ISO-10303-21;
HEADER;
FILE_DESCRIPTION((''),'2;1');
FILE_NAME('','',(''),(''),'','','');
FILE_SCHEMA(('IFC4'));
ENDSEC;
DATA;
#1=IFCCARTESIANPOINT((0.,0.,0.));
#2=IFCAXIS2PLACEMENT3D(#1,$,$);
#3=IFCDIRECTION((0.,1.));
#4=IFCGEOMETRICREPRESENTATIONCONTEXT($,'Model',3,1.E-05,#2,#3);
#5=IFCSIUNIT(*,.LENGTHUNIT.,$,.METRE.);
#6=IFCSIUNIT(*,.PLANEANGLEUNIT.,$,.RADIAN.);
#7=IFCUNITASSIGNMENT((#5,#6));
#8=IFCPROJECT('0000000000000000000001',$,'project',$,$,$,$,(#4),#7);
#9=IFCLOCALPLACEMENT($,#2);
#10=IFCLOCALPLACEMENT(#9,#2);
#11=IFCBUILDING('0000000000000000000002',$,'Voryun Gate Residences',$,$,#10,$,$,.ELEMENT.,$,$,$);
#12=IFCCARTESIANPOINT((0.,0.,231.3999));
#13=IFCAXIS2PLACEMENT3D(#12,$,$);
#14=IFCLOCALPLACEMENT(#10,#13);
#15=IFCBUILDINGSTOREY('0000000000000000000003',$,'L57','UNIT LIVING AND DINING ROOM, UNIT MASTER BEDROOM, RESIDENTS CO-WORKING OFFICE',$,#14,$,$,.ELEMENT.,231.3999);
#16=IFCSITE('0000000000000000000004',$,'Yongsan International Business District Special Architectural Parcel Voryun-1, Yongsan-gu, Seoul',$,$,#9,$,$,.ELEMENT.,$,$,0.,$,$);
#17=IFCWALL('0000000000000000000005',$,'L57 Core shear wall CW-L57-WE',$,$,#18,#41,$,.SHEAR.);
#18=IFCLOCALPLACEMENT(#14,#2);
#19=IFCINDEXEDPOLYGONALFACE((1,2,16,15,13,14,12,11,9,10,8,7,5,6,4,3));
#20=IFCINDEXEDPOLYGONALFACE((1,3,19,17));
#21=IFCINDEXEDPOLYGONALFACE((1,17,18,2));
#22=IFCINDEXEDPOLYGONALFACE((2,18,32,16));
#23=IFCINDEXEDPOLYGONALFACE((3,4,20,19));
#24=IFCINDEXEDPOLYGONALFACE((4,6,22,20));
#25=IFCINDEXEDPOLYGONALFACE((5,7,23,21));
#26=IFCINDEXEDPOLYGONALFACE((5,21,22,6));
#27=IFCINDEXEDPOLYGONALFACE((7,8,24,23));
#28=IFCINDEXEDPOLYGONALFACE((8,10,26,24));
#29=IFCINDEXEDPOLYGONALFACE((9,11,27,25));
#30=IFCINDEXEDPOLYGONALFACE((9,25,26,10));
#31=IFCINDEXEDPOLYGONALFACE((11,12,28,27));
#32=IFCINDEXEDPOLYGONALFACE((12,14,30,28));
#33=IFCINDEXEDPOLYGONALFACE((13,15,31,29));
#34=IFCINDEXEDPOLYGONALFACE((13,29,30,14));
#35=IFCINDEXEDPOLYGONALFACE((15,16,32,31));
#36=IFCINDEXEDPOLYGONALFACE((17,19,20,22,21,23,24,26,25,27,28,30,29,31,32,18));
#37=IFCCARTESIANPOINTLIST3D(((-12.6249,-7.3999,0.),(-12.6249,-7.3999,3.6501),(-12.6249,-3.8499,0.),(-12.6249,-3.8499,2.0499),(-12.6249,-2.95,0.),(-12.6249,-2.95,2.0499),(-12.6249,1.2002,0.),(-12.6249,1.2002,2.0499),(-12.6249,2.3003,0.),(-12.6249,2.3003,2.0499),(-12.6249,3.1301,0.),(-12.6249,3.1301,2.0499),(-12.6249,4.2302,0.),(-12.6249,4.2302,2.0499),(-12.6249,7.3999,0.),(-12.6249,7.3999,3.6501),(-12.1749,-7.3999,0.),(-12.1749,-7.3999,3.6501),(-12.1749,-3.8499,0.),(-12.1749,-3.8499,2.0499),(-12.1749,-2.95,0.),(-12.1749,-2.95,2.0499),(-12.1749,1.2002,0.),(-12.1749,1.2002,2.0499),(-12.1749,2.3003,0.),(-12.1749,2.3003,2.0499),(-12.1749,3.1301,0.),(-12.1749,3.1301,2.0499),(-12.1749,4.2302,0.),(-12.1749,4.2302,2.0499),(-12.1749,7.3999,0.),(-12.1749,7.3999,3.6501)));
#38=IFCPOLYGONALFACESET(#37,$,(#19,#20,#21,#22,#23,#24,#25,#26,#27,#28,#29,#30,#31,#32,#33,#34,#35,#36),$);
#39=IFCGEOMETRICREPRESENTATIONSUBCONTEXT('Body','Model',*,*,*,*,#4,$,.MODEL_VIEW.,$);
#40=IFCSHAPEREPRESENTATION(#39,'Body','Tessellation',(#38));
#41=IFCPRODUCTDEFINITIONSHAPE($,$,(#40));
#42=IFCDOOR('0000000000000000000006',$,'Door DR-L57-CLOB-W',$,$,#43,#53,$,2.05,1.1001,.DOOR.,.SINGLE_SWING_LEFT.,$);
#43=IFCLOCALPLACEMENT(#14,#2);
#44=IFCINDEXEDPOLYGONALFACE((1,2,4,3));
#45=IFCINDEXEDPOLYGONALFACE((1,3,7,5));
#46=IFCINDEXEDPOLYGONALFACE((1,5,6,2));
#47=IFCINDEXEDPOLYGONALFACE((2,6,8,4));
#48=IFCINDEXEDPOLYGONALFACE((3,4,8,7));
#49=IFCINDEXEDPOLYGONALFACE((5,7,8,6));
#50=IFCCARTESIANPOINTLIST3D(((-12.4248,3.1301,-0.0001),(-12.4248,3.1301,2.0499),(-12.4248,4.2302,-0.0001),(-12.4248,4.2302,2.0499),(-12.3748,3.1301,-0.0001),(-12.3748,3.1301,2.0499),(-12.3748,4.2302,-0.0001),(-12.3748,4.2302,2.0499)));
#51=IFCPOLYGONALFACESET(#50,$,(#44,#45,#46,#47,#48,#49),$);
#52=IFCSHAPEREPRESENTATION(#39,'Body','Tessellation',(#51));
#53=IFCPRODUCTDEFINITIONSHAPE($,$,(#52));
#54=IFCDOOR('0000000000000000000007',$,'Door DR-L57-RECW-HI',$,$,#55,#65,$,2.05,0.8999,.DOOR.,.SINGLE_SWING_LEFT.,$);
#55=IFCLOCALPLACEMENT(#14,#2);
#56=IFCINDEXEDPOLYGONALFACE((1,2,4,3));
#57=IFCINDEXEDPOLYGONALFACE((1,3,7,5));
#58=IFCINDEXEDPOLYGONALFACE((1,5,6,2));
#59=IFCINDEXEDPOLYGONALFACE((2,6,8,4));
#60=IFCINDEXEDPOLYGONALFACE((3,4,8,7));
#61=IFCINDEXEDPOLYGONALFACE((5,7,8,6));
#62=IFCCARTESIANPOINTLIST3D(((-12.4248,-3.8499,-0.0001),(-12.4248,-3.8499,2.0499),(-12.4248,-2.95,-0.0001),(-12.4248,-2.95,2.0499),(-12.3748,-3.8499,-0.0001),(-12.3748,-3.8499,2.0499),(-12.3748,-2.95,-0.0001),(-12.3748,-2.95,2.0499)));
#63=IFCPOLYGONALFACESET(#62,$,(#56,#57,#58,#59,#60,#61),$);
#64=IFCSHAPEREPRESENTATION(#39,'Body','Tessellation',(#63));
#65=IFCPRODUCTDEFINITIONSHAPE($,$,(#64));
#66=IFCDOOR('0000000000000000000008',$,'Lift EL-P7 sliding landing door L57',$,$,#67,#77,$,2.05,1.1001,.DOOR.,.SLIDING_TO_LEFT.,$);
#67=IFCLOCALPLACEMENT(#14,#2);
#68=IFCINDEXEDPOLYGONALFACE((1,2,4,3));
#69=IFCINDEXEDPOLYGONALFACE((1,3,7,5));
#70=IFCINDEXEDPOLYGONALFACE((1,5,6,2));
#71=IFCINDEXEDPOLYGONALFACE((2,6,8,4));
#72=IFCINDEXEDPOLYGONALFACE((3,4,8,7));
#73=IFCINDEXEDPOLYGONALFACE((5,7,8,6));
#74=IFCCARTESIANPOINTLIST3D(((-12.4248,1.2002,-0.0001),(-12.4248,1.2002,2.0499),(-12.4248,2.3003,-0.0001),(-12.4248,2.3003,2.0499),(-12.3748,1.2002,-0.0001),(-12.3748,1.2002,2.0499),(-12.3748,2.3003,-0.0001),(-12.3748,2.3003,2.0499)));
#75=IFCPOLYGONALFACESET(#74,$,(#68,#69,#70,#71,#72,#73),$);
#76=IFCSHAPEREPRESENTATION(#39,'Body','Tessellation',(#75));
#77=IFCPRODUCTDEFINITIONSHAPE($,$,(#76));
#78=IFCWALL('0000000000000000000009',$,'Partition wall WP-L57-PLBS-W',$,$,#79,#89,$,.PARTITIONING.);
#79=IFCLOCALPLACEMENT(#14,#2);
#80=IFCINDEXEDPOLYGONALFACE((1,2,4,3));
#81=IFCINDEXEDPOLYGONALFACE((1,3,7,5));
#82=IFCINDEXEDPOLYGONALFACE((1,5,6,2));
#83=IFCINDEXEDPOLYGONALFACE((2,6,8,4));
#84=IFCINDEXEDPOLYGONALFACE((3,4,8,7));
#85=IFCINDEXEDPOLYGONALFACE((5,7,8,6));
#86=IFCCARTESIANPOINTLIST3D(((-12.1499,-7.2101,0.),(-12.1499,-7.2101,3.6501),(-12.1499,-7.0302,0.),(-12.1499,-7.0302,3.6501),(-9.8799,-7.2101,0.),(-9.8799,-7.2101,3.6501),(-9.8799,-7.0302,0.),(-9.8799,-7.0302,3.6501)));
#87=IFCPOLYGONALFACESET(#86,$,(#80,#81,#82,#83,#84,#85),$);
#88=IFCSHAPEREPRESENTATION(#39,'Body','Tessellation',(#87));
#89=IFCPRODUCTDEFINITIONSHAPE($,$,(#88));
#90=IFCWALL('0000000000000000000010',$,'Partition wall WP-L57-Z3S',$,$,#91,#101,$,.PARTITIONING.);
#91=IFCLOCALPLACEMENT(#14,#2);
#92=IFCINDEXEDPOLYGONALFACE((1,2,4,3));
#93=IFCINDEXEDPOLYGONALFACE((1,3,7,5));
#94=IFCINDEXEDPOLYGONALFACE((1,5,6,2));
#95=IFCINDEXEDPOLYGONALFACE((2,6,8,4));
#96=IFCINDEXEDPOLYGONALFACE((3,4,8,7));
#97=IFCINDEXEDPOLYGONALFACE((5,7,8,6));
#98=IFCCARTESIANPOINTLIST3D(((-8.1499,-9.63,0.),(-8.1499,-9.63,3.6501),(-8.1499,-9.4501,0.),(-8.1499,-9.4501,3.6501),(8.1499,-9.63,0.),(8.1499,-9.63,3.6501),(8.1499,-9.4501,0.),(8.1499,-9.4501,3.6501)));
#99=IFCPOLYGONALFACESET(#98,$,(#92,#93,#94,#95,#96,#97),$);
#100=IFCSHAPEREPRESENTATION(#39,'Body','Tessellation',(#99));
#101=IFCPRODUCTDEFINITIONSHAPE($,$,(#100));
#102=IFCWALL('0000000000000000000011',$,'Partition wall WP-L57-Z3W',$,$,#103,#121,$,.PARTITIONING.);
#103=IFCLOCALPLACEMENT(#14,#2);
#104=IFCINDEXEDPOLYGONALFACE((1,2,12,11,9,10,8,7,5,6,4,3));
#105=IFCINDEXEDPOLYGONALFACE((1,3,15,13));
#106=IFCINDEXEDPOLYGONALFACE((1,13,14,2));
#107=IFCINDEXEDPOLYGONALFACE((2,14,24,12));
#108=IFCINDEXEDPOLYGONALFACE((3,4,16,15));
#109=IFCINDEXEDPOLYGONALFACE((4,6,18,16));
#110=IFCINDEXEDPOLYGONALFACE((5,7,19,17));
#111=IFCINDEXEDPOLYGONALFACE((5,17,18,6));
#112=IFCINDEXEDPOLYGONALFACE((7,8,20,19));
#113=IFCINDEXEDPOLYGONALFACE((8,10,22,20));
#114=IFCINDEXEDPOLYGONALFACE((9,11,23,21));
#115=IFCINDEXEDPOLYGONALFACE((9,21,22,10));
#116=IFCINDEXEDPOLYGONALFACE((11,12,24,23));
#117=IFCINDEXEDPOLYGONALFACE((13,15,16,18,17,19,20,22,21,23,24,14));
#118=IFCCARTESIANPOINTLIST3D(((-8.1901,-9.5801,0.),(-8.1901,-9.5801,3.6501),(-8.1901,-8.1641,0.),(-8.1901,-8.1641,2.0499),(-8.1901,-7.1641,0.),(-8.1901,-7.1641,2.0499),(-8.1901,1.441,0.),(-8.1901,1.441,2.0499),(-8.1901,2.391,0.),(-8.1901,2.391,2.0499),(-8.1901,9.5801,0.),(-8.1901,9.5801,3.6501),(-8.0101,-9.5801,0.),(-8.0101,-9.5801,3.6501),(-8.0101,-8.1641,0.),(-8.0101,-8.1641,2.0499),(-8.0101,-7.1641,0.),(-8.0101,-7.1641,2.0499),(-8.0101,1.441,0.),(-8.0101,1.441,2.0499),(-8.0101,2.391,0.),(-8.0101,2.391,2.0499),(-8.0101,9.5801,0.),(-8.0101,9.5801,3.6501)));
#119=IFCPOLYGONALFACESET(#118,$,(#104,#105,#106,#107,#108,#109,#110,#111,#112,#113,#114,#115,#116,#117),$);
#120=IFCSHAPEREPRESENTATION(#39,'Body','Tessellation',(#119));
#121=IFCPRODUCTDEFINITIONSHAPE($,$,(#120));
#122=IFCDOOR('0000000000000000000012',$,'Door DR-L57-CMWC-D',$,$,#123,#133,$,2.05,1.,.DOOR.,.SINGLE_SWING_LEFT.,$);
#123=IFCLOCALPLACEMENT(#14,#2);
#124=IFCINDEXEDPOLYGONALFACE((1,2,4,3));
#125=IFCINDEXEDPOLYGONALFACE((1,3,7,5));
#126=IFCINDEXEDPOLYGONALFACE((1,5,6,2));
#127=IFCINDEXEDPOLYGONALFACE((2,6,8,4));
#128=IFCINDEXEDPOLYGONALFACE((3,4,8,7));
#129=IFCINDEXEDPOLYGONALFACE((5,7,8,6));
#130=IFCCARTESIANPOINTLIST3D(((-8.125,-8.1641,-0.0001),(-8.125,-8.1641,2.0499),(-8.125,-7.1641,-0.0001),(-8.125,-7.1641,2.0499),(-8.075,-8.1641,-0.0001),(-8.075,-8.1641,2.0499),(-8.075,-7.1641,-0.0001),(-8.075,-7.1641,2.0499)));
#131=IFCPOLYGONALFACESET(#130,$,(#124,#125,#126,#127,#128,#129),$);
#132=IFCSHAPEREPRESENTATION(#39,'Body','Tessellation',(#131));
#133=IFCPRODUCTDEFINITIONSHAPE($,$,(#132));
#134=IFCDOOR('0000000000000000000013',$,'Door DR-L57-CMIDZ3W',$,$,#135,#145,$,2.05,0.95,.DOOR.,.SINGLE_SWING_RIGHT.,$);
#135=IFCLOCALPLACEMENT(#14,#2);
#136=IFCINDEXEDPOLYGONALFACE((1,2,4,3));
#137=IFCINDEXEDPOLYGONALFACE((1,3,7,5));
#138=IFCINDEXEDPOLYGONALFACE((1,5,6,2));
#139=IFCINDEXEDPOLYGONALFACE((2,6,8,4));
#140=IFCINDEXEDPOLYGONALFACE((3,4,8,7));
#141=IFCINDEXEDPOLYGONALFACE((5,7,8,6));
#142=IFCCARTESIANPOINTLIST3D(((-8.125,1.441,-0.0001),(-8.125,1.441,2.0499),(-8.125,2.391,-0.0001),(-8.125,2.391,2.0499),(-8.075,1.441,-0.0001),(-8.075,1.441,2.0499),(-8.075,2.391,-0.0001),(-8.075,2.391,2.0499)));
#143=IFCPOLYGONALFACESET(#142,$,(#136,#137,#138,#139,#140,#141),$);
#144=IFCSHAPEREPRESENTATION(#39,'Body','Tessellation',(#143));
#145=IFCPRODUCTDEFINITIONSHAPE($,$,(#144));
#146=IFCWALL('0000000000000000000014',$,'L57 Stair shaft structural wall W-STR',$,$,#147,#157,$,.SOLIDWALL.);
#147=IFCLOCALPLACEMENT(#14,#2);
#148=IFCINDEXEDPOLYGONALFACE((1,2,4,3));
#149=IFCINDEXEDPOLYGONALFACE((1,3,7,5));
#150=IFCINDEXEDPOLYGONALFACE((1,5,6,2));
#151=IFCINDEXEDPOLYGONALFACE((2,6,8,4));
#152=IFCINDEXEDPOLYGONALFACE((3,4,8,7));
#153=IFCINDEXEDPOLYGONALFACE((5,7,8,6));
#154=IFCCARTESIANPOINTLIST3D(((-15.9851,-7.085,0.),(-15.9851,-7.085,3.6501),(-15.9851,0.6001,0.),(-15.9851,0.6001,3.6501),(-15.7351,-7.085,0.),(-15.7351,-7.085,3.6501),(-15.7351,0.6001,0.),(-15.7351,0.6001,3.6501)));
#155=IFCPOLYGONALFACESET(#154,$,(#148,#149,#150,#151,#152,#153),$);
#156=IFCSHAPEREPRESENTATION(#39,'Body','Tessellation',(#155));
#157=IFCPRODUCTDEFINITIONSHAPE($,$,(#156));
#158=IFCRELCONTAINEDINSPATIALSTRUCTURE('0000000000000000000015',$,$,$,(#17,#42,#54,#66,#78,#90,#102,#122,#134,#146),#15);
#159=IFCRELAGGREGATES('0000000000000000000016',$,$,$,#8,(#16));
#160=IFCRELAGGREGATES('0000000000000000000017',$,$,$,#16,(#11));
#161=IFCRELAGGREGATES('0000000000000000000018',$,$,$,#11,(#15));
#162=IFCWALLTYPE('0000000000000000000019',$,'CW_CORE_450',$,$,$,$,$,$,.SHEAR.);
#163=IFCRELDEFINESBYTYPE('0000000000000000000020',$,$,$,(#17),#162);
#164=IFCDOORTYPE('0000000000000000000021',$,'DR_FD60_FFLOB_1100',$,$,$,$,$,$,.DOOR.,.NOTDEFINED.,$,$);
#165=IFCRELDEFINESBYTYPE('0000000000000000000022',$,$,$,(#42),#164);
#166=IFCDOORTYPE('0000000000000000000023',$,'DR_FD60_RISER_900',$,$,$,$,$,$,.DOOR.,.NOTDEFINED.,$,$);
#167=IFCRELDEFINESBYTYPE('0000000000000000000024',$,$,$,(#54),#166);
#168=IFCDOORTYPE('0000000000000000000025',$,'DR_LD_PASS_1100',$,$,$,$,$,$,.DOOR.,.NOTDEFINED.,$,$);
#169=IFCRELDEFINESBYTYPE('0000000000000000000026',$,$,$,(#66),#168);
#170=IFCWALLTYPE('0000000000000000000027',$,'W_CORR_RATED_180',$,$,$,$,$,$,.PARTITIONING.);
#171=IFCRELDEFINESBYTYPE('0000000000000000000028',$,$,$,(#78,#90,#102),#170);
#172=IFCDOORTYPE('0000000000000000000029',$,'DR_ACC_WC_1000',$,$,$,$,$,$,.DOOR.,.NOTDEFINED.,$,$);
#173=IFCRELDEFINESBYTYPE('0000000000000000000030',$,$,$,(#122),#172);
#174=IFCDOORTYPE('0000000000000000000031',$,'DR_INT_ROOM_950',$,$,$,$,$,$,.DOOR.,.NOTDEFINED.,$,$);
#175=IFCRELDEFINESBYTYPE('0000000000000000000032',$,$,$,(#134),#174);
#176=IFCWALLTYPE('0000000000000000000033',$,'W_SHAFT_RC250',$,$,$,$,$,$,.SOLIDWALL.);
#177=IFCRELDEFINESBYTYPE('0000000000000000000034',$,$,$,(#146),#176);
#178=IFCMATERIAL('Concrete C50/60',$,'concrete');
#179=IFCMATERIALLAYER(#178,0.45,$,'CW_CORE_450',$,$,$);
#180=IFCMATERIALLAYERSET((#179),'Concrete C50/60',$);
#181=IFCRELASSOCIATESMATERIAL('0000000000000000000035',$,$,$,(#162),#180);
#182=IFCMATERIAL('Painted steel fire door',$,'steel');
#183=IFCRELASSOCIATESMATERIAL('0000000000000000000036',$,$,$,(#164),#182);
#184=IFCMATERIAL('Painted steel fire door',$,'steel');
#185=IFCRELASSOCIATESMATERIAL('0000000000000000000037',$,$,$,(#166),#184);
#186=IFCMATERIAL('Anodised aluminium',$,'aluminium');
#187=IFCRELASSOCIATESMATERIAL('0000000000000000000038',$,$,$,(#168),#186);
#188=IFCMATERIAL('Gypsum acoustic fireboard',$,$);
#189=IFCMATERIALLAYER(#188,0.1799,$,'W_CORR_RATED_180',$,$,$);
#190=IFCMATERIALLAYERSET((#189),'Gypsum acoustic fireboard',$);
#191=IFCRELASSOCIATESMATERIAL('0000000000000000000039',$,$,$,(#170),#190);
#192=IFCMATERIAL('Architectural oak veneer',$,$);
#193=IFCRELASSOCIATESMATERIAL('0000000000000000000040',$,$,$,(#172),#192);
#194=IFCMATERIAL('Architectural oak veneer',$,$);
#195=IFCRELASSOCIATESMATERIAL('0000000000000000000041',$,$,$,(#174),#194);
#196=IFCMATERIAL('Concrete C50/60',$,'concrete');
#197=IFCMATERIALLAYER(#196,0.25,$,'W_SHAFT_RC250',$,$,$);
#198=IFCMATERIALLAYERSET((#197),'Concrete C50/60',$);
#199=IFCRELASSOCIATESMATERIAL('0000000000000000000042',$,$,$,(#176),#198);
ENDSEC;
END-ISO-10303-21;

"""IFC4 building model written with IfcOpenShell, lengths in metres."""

from ifc_helpers import new_model, si_unit, direction, frame, frame_2d, origin, place, context, subcontext, project, spatial, rectangle, extrude, material, layer, layer_set, type_object, element, fill, save


model = new_model("IFC4")

# Units and contexts
model_context = context("Model", 3, precision=1e-05, world=origin(), true_north=direction((0.0, 1.0)))
body_context = subcontext(model_context, "Body", "Model", "MODEL_VIEW")
ifc_project = project(units=[si_unit("LENGTHUNIT", "METRE"), si_unit("PLANEANGLEUNIT", "RADIAN")], contexts=[model_context])

# Site, building, storey
site_placement = place(None, origin())
site = spatial("IfcSite", under=ifc_project, at=site_placement, Name="Yongsan International Business District Special Architectural Parcel Voryun-1, Yongsan-gu, Seoul", CompositionType="ELEMENT", RefElevation=0.0)
building_placement = place(site_placement, origin())
building = spatial("IfcBuilding", under=site, at=building_placement, Name="Voryun Gate Residences", CompositionType="ELEMENT")
storey_placement = place(building_placement, frame((0.0, 0.0, 231.3999)))
storey = spatial("IfcBuildingStorey", under=building, at=storey_placement, Name="L57", Description="UNIT LIVING AND DINING ROOM, UNIT MASTER BEDROOM, RESIDENTS CO-WORKING OFFICE", CompositionType="ELEMENT", Elevation=231.3999)

# Wall, openings, doors
ifc_material_1 = material(Name="Concrete C50/60", Category="concrete")
ifc_layer_1 = layer(ifc_material_1, 0.45, Name="CW_CORE_450")
ifc_layer_set_1 = layer_set([ifc_layer_1], Name="Concrete C50/60")
wall_type_1 = type_object("IfcWallType", Name="CW_CORE_450", PredefinedType="SHEAR", material=ifc_layer_set_1)
wall_1_placement = place(storey_placement, frame((-12.3999, -7.3999, 0.0), z_axis=(0.0, 0.0, 1.0), x_axis=(0.0, 1.0, 0.0)))
wall_1 = element("IfcWall", 1, at=wall_1_placement, inside=storey, type_object=wall_type_1, Name="L57 Core shear wall CW-L57-WE", PredefinedType="SHEAR", context=body_context, shape_type="SweptSolid", body=[
    extrude(rectangle(XDim=14.7998, YDim=0.45, at=frame_2d((7.3999, 0.0))), origin(), (0.0, 0.0, 1.0), 3.6501),
])
opening_1_placement = place(wall_1_placement, frame((8.6001, 0.0, 0.0)))
opening_1 = element("IfcOpeningElement", 2, at=opening_1_placement, cuts=wall_1, PredefinedType="OPENING", context=body_context, shape_type="SweptSolid", body=[
    extrude(rectangle(XDim=1.1001, YDim=2.05, at=frame_2d((0.55, 1.0249))), frame((0.0, 0.2351, 0.0), z_axis=(0.0, -1.0, 0.0), x_axis=(1.0, 0.0, 0.0)), (0.0, 0.0, 1.0), 0.47),
])
opening_2_placement = place(wall_1_placement, frame((10.53, 0.0, 0.0)))
opening_2 = element("IfcOpeningElement", 3, at=opening_2_placement, cuts=wall_1, PredefinedType="OPENING", context=body_context, shape_type="SweptSolid", body=[
    extrude(rectangle(XDim=1.1001, YDim=2.05, at=frame_2d((0.55, 1.0249))), frame((0.0, 0.2351, 0.0), z_axis=(0.0, -1.0, 0.0), x_axis=(1.0, 0.0, 0.0)), (0.0, 0.0, 1.0), 0.47),
])
opening_3_placement = place(wall_1_placement, frame((3.55, 0.0, 0.0)))
opening_3 = element("IfcOpeningElement", 4, at=opening_3_placement, cuts=wall_1, PredefinedType="OPENING", context=body_context, shape_type="SweptSolid", body=[
    extrude(rectangle(XDim=0.8999, YDim=2.05, at=frame_2d((0.45, 1.0249))), frame((0.0, 0.2351, 0.0), z_axis=(0.0, -1.0, 0.0), x_axis=(1.0, 0.0, 0.0)), (0.0, 0.0, 1.0), 0.47),
])
ifc_material_2 = material(Name="Painted steel fire door", Category="steel")
door_type_1 = type_object("IfcDoorType", Name="DR_FD60_FFLOB_1100", OperationType="NOTDEFINED", PredefinedType="DOOR", material=ifc_material_2)
door_1_placement = place(opening_2_placement, origin())
door_1 = element("IfcDoor", 5, at=door_1_placement, inside=storey, type_object=door_type_1, Name="Door DR-L57-CLOB-W", OperationType="SINGLE_SWING_LEFT", OverallHeight=2.05, OverallWidth=1.1001, PredefinedType="DOOR", context=body_context, shape_type="SweptSolid", body=[
    extrude(rectangle(XDim=1.1001, YDim=2.05, at=frame_2d((0.55, 1.0249))), frame((0.0, 0.0249, 0.0), z_axis=(0.0, -1.0, 0.0), x_axis=(1.0, 0.0, 0.0)), (0.0, 0.0, 1.0), 0.05),
])
fill(opening_2, door_1)
ifc_material_3 = material(Name="Painted steel fire door", Category="steel")
door_type_2 = type_object("IfcDoorType", Name="DR_FD60_RISER_900", OperationType="NOTDEFINED", PredefinedType="DOOR", material=ifc_material_3)
door_2_placement = place(opening_3_placement, origin())
door_2 = element("IfcDoor", 6, at=door_2_placement, inside=storey, type_object=door_type_2, Name="Door DR-L57-RECW-HI", OperationType="SINGLE_SWING_LEFT", OverallHeight=2.05, OverallWidth=0.8999, PredefinedType="DOOR", context=body_context, shape_type="SweptSolid", body=[
    extrude(rectangle(XDim=0.8999, YDim=2.05, at=frame_2d((0.45, 1.0249))), frame((0.0, 0.0249, 0.0), z_axis=(0.0, -1.0, 0.0), x_axis=(1.0, 0.0, 0.0)), (0.0, 0.0, 1.0), 0.05),
])
fill(opening_3, door_2)
ifc_material_4 = material(Name="Anodised aluminium", Category="aluminium")
door_type_3 = type_object("IfcDoorType", Name="DR_LD_PASS_1100", OperationType="NOTDEFINED", PredefinedType="DOOR", material=ifc_material_4)
door_3_placement = place(opening_1_placement, origin())
door_3 = element("IfcDoor", 7, at=door_3_placement, inside=storey, type_object=door_type_3, Name="Lift EL-P7 sliding landing door L57", OperationType="SLIDING_TO_LEFT", OverallHeight=2.05, OverallWidth=1.1001, PredefinedType="DOOR", context=body_context, shape_type="SweptSolid", body=[
    extrude(rectangle(XDim=1.1001, YDim=2.05, at=frame_2d((0.55, 1.0249))), frame((0.0, 0.0249, 0.0), z_axis=(0.0, -1.0, 0.0), x_axis=(1.0, 0.0, 0.0)), (0.0, 0.0, 1.0), 0.05),
])
fill(opening_1, door_3)

# Walls
ifc_material_5 = material(Name="Gypsum acoustic fireboard")
ifc_layer_2 = layer(ifc_material_5, 0.1799, Name="W_CORR_RATED_180")
ifc_layer_set_2 = layer_set([ifc_layer_2], Name="Gypsum acoustic fireboard")
wall_type_2 = type_object("IfcWallType", Name="W_CORR_RATED_180", PredefinedType="PARTITIONING", material=ifc_layer_set_2)
wall_2_placement = place(storey_placement, frame((-12.1499, -7.1201, 0.0), z_axis=(0.0, 0.0, 1.0), x_axis=(1.0, 0.0, 0.0)))
element("IfcWall", 8, at=wall_2_placement, inside=storey, type_object=wall_type_2, Name="Partition wall WP-L57-PLBS-W", PredefinedType="PARTITIONING", context=body_context, shape_type="SweptSolid", body=[
    extrude(rectangle(XDim=2.27, YDim=0.1799, at=frame_2d((1.135, 0.0))), origin(), (0.0, 0.0, 1.0), 3.6501),
])
wall_3_placement = place(storey_placement, frame((-8.1499, -9.54, 0.0), z_axis=(0.0, 0.0, 1.0), x_axis=(1.0, 0.0, 0.0)))
element("IfcWall", 9, at=wall_3_placement, inside=storey, type_object=wall_type_2, Name="Partition wall WP-L57-Z3S", PredefinedType="PARTITIONING", context=body_context, shape_type="SweptSolid", body=[
    extrude(rectangle(XDim=16.2998, YDim=0.1799, at=frame_2d((8.1499, 0.0))), origin(), (0.0, 0.0, 1.0), 3.6501),
])

# Wall, openings, doors
wall_4_placement = place(storey_placement, frame((-8.1001, -9.5801, 0.0), z_axis=(0.0, 0.0, 1.0), x_axis=(0.0, 1.0, 0.0)))
wall_4 = element("IfcWall", 10, at=wall_4_placement, inside=storey, type_object=wall_type_2, Name="Partition wall WP-L57-Z3W", PredefinedType="PARTITIONING", context=body_context, shape_type="SweptSolid", body=[
    extrude(rectangle(XDim=19.1602, YDim=0.1799, at=frame_2d((9.5801, 0.0))), origin(), (0.0, 0.0, 1.0), 3.6501),
])
opening_4_placement = place(wall_4_placement, frame((1.416, 0.0, 0.0)))
opening_4 = element("IfcOpeningElement", 11, at=opening_4_placement, cuts=wall_4, PredefinedType="OPENING", context=body_context, shape_type="SweptSolid", body=[
    extrude(rectangle(XDim=1.0, YDim=2.05, at=frame_2d((0.5, 1.0249))), frame((0.0, 0.0999, 0.0), z_axis=(0.0, -1.0, 0.0), x_axis=(1.0, 0.0, 0.0)), (0.0, 0.0, 1.0), 0.2),
])
opening_5_placement = place(wall_4_placement, frame((11.021, 0.0, 0.0)))
opening_5 = element("IfcOpeningElement", 12, at=opening_5_placement, cuts=wall_4, PredefinedType="OPENING", context=body_context, shape_type="SweptSolid", body=[
    extrude(rectangle(XDim=0.95, YDim=2.05, at=frame_2d((0.4751, 1.0249))), frame((0.0, 0.0999, 0.0), z_axis=(0.0, -1.0, 0.0), x_axis=(1.0, 0.0, 0.0)), (0.0, 0.0, 1.0), 0.2),
])
ifc_material_6 = material(Name="Architectural oak veneer")
door_type_4 = type_object("IfcDoorType", Name="DR_ACC_WC_1000", OperationType="NOTDEFINED", PredefinedType="DOOR", material=ifc_material_6)
door_4_placement = place(opening_4_placement, origin())
door_4 = element("IfcDoor", 13, at=door_4_placement, inside=storey, type_object=door_type_4, Name="Door DR-L57-CMWC-D", OperationType="SINGLE_SWING_LEFT", OverallHeight=2.05, OverallWidth=1.0, PredefinedType="DOOR", context=body_context, shape_type="SweptSolid", body=[
    extrude(rectangle(XDim=1.0, YDim=2.05, at=frame_2d((0.5, 1.0249))), frame((0.0, 0.0249, 0.0), z_axis=(0.0, -1.0, 0.0), x_axis=(1.0, 0.0, 0.0)), (0.0, 0.0, 1.0), 0.05),
])
fill(opening_4, door_4)
ifc_material_7 = material(Name="Architectural oak veneer")
door_type_5 = type_object("IfcDoorType", Name="DR_INT_ROOM_950", OperationType="NOTDEFINED", PredefinedType="DOOR", material=ifc_material_7)
door_5_placement = place(opening_5_placement, origin())
door_5 = element("IfcDoor", 14, at=door_5_placement, inside=storey, type_object=door_type_5, Name="Door DR-L57-CMIDZ3W", OperationType="SINGLE_SWING_RIGHT", OverallHeight=2.05, OverallWidth=0.95, PredefinedType="DOOR", context=body_context, shape_type="SweptSolid", body=[
    extrude(rectangle(XDim=0.95, YDim=2.05, at=frame_2d((0.4751, 1.0249))), frame((0.0, 0.0249, 0.0), z_axis=(0.0, -1.0, 0.0), x_axis=(1.0, 0.0, 0.0)), (0.0, 0.0, 1.0), 0.05),
])
fill(opening_5, door_5)

# Wall
ifc_material_8 = material(Name="Concrete C50/60", Category="concrete")
ifc_layer_3 = layer(ifc_material_8, 0.25, Name="W_SHAFT_RC250")
ifc_layer_set_3 = layer_set([ifc_layer_3], Name="Concrete C50/60")
wall_type_3 = type_object("IfcWallType", Name="W_SHAFT_RC250", PredefinedType="SOLIDWALL", material=ifc_layer_set_3)
wall_5_placement = place(storey_placement, frame((-15.8601, -7.085, 0.0), z_axis=(0.0, 0.0, 1.0), x_axis=(0.0, 1.0, 0.0)))
element("IfcWall", 15, at=wall_5_placement, inside=storey, type_object=wall_type_3, Name="L57 Stair shaft structural wall W-STR", PredefinedType="SOLIDWALL", context=body_context, shape_type="SweptSolid", body=[
    extrude(rectangle(XDim=7.6851, YDim=0.25, at=frame_2d((3.8425, 0.0))), origin(), (0.0, 0.0, 1.0), 3.6501),
])

save(model, "model.ifc")
